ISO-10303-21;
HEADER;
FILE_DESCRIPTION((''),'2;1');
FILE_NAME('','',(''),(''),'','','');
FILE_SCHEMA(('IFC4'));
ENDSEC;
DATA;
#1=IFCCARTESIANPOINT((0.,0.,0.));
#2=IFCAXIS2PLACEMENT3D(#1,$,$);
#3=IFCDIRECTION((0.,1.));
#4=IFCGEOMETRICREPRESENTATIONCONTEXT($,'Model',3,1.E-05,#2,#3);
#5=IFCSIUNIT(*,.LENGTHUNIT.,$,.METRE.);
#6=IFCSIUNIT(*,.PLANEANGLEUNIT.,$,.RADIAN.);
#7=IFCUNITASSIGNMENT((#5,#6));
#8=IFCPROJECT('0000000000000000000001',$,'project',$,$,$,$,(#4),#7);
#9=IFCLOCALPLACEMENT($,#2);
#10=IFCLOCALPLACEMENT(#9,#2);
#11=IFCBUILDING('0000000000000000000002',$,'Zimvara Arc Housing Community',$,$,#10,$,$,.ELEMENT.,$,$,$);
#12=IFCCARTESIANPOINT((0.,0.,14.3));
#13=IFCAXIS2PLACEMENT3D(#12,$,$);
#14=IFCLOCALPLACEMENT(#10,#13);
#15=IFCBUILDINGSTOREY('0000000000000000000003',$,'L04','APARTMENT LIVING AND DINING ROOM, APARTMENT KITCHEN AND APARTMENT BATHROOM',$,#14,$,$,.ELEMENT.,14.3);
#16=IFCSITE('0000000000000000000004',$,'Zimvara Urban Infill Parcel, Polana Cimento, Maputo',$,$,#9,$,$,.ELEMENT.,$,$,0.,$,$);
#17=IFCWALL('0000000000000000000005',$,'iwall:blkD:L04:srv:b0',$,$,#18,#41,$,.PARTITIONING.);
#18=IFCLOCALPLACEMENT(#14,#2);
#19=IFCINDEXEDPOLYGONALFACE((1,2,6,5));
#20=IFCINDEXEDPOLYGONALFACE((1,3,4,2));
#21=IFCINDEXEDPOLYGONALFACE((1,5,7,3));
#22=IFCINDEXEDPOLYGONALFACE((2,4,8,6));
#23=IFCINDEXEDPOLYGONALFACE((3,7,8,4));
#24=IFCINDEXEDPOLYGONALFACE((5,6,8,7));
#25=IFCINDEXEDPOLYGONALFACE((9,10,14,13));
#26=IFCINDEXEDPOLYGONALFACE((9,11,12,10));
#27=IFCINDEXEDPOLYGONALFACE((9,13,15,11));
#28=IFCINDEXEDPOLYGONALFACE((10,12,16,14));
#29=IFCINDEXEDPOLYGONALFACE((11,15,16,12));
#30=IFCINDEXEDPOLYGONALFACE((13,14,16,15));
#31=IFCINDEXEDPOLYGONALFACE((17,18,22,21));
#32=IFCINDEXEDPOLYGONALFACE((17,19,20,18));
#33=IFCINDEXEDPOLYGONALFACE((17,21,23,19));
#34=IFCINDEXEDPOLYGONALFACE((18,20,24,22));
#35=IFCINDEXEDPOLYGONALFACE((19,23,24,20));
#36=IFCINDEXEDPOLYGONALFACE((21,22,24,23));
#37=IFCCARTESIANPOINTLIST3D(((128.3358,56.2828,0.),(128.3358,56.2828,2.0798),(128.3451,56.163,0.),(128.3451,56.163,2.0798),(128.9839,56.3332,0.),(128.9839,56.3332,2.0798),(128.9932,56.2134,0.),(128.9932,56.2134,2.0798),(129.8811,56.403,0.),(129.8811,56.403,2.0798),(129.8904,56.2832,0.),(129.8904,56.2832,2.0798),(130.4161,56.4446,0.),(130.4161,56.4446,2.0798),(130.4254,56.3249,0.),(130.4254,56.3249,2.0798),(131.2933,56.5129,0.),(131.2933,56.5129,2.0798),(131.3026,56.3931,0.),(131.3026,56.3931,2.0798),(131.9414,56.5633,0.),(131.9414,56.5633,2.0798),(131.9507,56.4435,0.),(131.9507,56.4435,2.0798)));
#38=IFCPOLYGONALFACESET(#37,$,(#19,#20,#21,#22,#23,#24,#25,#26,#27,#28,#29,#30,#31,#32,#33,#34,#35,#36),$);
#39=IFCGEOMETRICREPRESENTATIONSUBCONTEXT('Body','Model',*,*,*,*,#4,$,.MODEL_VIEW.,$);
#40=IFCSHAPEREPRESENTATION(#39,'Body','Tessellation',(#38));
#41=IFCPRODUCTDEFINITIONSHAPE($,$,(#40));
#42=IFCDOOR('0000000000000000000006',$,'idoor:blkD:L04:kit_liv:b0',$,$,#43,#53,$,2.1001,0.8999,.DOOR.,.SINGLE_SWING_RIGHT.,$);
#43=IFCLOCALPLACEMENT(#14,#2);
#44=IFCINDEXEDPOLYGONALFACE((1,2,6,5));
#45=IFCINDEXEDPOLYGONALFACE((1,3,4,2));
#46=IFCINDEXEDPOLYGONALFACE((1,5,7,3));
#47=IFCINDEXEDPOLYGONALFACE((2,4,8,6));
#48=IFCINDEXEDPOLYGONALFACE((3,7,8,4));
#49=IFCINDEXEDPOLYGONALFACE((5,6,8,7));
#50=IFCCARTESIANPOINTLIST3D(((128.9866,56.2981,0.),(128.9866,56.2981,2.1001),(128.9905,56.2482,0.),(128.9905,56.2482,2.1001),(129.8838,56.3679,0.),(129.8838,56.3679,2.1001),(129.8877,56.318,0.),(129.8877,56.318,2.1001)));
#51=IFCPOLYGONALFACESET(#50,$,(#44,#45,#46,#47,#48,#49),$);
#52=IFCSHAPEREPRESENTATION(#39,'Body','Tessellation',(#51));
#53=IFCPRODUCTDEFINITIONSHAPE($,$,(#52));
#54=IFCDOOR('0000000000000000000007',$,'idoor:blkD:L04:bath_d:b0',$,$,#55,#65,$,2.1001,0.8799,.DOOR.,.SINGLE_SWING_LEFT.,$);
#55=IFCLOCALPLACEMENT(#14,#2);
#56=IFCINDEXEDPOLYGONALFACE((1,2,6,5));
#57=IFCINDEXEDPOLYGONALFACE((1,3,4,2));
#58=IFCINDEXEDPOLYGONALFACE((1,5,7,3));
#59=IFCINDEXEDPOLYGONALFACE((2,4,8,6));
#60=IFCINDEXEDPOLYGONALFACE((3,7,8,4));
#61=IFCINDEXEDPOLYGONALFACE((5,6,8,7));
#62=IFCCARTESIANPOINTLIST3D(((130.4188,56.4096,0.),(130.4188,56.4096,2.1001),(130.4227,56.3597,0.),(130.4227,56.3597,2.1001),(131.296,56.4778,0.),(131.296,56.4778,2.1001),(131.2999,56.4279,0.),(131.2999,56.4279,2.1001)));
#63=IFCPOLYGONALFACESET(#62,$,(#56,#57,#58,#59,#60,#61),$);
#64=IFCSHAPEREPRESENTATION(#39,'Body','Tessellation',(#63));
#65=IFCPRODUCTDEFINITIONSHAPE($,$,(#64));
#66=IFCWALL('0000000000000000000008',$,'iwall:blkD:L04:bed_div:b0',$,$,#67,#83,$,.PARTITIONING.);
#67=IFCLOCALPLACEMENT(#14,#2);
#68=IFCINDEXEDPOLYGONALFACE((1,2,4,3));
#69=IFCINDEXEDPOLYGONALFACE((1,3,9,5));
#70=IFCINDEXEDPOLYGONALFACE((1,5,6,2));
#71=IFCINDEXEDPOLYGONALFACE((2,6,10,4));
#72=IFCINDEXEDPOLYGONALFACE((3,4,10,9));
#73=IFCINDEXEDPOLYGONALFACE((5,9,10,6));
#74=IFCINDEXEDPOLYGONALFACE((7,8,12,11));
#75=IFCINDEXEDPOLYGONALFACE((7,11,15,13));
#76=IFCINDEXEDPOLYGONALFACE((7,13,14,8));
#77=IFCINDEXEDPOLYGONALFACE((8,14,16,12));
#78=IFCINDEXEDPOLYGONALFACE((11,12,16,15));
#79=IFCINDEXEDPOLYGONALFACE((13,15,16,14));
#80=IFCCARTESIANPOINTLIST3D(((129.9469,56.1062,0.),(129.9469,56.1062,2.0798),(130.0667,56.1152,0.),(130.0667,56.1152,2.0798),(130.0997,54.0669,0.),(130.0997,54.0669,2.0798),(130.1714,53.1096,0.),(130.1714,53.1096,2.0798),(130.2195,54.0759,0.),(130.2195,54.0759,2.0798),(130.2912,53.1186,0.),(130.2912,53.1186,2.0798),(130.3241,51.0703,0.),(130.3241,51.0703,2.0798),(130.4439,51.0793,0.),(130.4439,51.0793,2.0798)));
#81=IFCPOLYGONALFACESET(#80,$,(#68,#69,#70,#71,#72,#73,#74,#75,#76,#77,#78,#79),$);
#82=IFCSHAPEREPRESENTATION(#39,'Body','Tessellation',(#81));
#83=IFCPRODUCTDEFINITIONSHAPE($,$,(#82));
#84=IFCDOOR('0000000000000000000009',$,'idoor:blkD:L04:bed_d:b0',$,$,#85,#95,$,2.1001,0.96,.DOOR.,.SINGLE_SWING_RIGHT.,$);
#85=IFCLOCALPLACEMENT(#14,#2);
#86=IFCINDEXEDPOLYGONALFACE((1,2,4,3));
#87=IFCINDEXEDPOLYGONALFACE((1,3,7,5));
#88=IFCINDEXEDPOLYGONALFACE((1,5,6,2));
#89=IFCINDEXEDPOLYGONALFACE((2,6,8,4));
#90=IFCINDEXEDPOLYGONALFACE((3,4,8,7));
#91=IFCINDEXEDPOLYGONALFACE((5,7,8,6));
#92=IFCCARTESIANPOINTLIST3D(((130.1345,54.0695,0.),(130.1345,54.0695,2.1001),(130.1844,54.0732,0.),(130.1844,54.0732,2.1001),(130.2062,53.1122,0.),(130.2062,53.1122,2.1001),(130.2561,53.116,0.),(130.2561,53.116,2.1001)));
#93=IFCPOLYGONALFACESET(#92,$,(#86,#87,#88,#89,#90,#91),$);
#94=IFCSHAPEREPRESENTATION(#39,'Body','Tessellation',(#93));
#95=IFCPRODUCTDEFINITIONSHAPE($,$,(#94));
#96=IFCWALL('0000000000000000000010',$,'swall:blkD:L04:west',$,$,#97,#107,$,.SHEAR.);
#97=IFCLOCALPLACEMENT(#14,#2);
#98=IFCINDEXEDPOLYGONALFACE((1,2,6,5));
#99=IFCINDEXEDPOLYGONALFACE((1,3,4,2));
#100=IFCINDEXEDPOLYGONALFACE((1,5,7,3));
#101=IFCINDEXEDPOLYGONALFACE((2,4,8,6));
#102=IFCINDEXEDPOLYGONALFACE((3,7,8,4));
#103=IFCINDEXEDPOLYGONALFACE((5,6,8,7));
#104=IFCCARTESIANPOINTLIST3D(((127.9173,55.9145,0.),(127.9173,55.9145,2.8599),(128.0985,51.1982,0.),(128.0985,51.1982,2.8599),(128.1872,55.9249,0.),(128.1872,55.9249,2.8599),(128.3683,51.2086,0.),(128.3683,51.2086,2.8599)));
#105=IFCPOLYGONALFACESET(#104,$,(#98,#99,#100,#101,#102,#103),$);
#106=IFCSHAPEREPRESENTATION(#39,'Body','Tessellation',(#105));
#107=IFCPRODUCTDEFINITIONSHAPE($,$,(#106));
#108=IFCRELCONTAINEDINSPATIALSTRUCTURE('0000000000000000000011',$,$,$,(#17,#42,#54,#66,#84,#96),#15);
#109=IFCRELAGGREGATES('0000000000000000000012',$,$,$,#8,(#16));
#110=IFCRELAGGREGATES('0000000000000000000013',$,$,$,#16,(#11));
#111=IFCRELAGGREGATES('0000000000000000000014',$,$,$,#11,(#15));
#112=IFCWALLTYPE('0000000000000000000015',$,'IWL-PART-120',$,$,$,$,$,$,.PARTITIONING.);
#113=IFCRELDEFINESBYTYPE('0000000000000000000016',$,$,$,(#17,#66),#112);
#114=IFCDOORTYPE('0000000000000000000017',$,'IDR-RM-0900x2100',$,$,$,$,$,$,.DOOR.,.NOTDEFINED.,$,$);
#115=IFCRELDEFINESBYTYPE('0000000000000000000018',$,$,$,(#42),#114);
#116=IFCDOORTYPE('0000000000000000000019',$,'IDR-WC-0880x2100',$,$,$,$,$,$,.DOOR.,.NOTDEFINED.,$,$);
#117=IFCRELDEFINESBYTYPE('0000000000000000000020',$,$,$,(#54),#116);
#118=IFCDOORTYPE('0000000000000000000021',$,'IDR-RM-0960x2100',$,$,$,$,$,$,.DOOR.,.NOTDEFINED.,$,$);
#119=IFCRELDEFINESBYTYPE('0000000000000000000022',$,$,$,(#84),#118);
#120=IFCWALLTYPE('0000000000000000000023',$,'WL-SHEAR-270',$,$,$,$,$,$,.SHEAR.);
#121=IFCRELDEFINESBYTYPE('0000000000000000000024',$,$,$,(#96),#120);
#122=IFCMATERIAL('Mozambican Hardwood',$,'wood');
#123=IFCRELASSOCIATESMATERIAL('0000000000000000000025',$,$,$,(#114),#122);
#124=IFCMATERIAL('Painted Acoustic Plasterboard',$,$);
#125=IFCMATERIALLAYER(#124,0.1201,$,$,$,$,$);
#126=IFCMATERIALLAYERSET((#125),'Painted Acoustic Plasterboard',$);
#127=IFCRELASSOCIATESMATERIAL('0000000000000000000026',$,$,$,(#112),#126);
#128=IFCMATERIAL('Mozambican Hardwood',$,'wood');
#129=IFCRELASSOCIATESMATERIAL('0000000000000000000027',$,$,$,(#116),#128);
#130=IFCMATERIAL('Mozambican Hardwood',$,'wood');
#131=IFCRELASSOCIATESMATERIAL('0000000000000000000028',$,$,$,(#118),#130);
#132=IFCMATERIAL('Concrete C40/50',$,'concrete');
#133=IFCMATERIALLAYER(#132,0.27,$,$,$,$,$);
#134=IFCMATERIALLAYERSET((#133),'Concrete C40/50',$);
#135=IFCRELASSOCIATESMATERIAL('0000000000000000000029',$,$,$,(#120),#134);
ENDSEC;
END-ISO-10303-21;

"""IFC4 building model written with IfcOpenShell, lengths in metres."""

from ifc_helpers import new_model, si_unit, direction, frame, frame_2d, origin, place, context, subcontext, project, spatial, rectangle, extrude, material, layer, layer_set, type_object, element, fill, save


model = new_model("IFC4")

# Units and contexts
model_context = context("Model", 3, precision=1e-05, world=origin(), true_north=direction((0.0, 1.0)))
body_context = subcontext(model_context, "Body", "Model", "MODEL_VIEW")
ifc_project = project(units=[si_unit("LENGTHUNIT", "METRE"), si_unit("PLANEANGLEUNIT", "RADIAN")], contexts=[model_context])

# Site, building, storey
site_placement = place(None, origin())
site = spatial("IfcSite", under=ifc_project, at=site_placement, Name="Zimvara Urban Infill Parcel, Polana Cimento, Maputo", CompositionType="ELEMENT", RefElevation=0.0)
building_placement = place(site_placement, origin())
building = spatial("IfcBuilding", under=site, at=building_placement, Name="Zimvara Arc Housing Community", CompositionType="ELEMENT")
storey_placement = place(building_placement, frame((0.0, 0.0, 14.3)))
storey = spatial("IfcBuildingStorey", under=building, at=storey_placement, Name="L04", Description="APARTMENT LIVING AND DINING ROOM, APARTMENT KITCHEN AND APARTMENT BATHROOM", CompositionType="ELEMENT", Elevation=14.3)

# Shared definitions
ifc_material_1 = material(Name="Mozambican Hardwood", Category="wood")
door_type_1 = type_object("IfcDoorType", Name="IDR-RM-0900x2100", OperationType="NOTDEFINED", PredefinedType="DOOR", material=ifc_material_1)

# Wall, openings, doors
ifc_material_2 = material(Name="Painted Acoustic Plasterboard")
ifc_layer_1 = layer(ifc_material_2, 0.1201)
ifc_layer_set_1 = layer_set([ifc_layer_1], Name="Painted Acoustic Plasterboard")
wall_type_1 = type_object("IfcWallType", Name="IWL-PART-120", PredefinedType="PARTITIONING", material=ifc_layer_set_1)
wall_1_placement = place(storey_placement, frame((128.3406, 56.2229, 0.0), z_axis=(0.0, 0.0, 1.0), x_axis=(0.996987, 0.077569, 0.0)))
wall_1 = element("IfcWall", 1, at=wall_1_placement, inside=storey, type_object=wall_type_1, Name="iwall:blkD:L04:srv:b0", PredefinedType="PARTITIONING", context=body_context, shape_type="SweptSolid", body=[
    extrude(rectangle(XDim=3.6165, YDim=0.1201, at=frame_2d((1.8081, 0.0))), origin(), (0.0, 0.0, 1.0), 2.0798),
])
opening_1_placement = place(wall_1_placement, frame((0.6499, 0.0, 0.0)))
opening_1 = element("IfcOpeningElement", 2, at=opening_1_placement, cuts=wall_1, PredefinedType="OPENING", context=body_context, shape_type="SweptSolid", body=[
    extrude(rectangle(XDim=0.8999, YDim=2.1001, at=frame_2d((0.45, 1.05))), frame((0.0, 0.0701, 0.0), z_axis=(0.0, -1.0, 0.0), x_axis=(1.0, 0.0, 0.0)), (0.0, 0.0, 1.0), 0.1401),
])
opening_2_placement = place(wall_1_placement, frame((2.0864, 0.0, 0.0)))
opening_2 = element("IfcOpeningElement", 3, at=opening_2_placement, cuts=wall_1, PredefinedType="OPENING", context=body_context, shape_type="SweptSolid", body=[
    extrude(rectangle(XDim=0.8799, YDim=2.1001, at=frame_2d((0.4399, 1.05))), frame((0.0, 0.0701, 0.0), z_axis=(0.0, -1.0, 0.0), x_axis=(1.0, 0.0, 0.0)), (0.0, 0.0, 1.0), 0.1401),
])
door_1_placement = place(opening_1_placement, origin())
door_1 = element("IfcDoor", 4, at=door_1_placement, inside=storey, type_object=door_type_1, Name="idoor:blkD:L04:kit_liv:b0", OperationType="SINGLE_SWING_RIGHT", OverallHeight=2.1001, OverallWidth=0.8999, PredefinedType="DOOR", context=body_context, shape_type="SweptSolid", body=[
    extrude(rectangle(XDim=0.8999, YDim=2.1001, at=frame_2d((0.45, 1.05))), frame((0.0, 0.0249, 0.0), z_axis=(0.0, -1.0, 0.0), x_axis=(1.0, 0.0, 0.0)), (0.0, 0.0, 1.0), 0.05),
])
fill(opening_1, door_1)
ifc_material_3 = material(Name="Mozambican Hardwood", Category="wood")
door_type_2 = type_object("IfcDoorType", Name="IDR-WC-0880x2100", OperationType="NOTDEFINED", PredefinedType="DOOR", material=ifc_material_3)
door_2_placement = place(opening_2_placement, origin())
door_2 = element("IfcDoor", 5, at=door_2_placement, inside=storey, type_object=door_type_2, Name="idoor:blkD:L04:bath_d:b0", OperationType="SINGLE_SWING_LEFT", OverallHeight=2.1001, OverallWidth=0.8799, PredefinedType="DOOR", context=body_context, shape_type="SweptSolid", body=[
    extrude(rectangle(XDim=0.8799, YDim=2.1001, at=frame_2d((0.4399, 1.05))), frame((0.0, 0.0249, 0.0), z_axis=(0.0, -1.0, 0.0), x_axis=(1.0, 0.0, 0.0)), (0.0, 0.0, 1.0), 0.05),
])
fill(opening_2, door_2)

# Wall, opening, door
wall_2_placement = place(storey_placement, frame((130.0068, 56.1106, 0.0), z_axis=(0.0, 0.0, 1.0), x_axis=(0.074693, -0.997207, 0.0)))
wall_2 = element("IfcWall", 6, at=wall_2_placement, inside=storey, type_object=wall_type_1, Name="iwall:blkD:L04:bed_div:b0", PredefinedType="PARTITIONING", context=body_context, shape_type="SweptSolid", body=[
    extrude(rectangle(XDim=5.05, YDim=0.1201, at=frame_2d((2.5249, 0.0))), origin(), (0.0, 0.0, 1.0), 2.0798),
])
opening_3_placement = place(wall_2_placement, frame((2.0449, 0.0, 0.0)))
opening_3 = element("IfcOpeningElement", 7, at=opening_3_placement, cuts=wall_2, PredefinedType="OPENING", context=body_context, shape_type="SweptSolid", body=[
    extrude(rectangle(XDim=0.96, YDim=2.1001, at=frame_2d((0.48, 1.05))), frame((0.0, 0.0701, 0.0), z_axis=(0.0, -1.0, 0.0), x_axis=(1.0, 0.0, 0.0)), (0.0, 0.0, 1.0), 0.1401),
])
ifc_material_4 = material(Name="Mozambican Hardwood", Category="wood")
door_type_3 = type_object("IfcDoorType", Name="IDR-RM-0960x2100", OperationType="NOTDEFINED", PredefinedType="DOOR", material=ifc_material_4)
door_3_placement = place(opening_3_placement, origin())
door_3 = element("IfcDoor", 8, at=door_3_placement, inside=storey, type_object=door_type_3, Name="idoor:blkD:L04:bed_d:b0", OperationType="SINGLE_SWING_RIGHT", OverallHeight=2.1001, OverallWidth=0.96, PredefinedType="DOOR", context=body_context, shape_type="SweptSolid", body=[
    extrude(rectangle(XDim=0.96, YDim=2.1001, at=frame_2d((0.48, 1.05))), frame((0.0, 0.0249, 0.0), z_axis=(0.0, -1.0, 0.0), x_axis=(1.0, 0.0, 0.0)), (0.0, 0.0, 1.0), 0.05),
])
fill(opening_3, door_3)

# Wall
ifc_material_5 = material(Name="Concrete C40/50", Category="concrete")
ifc_layer_2 = layer(ifc_material_5, 0.27)
ifc_layer_set_2 = layer_set([ifc_layer_2], Name="Concrete C40/50")
wall_type_2 = type_object("IfcWallType", Name="WL-SHEAR-270", PredefinedType="SHEAR", material=ifc_layer_set_2)
wall_3_placement = place(storey_placement, frame((128.0522, 55.9197, 0.0), z_axis=(0.0, 0.0, 1.0), x_axis=(0.038381, -0.999263, 0.0)))
element("IfcWall", 9, at=wall_3_placement, inside=storey, type_object=wall_type_2, Name="swall:blkD:L04:west", PredefinedType="SHEAR", context=body_context, shape_type="SweptSolid", body=[
    extrude(rectangle(XDim=4.7197, YDim=0.27, at=frame_2d((2.3599, 0.0))), origin(), (0.0, 0.0, 1.0), 2.8599),
])

save(model, "model.ifc")
